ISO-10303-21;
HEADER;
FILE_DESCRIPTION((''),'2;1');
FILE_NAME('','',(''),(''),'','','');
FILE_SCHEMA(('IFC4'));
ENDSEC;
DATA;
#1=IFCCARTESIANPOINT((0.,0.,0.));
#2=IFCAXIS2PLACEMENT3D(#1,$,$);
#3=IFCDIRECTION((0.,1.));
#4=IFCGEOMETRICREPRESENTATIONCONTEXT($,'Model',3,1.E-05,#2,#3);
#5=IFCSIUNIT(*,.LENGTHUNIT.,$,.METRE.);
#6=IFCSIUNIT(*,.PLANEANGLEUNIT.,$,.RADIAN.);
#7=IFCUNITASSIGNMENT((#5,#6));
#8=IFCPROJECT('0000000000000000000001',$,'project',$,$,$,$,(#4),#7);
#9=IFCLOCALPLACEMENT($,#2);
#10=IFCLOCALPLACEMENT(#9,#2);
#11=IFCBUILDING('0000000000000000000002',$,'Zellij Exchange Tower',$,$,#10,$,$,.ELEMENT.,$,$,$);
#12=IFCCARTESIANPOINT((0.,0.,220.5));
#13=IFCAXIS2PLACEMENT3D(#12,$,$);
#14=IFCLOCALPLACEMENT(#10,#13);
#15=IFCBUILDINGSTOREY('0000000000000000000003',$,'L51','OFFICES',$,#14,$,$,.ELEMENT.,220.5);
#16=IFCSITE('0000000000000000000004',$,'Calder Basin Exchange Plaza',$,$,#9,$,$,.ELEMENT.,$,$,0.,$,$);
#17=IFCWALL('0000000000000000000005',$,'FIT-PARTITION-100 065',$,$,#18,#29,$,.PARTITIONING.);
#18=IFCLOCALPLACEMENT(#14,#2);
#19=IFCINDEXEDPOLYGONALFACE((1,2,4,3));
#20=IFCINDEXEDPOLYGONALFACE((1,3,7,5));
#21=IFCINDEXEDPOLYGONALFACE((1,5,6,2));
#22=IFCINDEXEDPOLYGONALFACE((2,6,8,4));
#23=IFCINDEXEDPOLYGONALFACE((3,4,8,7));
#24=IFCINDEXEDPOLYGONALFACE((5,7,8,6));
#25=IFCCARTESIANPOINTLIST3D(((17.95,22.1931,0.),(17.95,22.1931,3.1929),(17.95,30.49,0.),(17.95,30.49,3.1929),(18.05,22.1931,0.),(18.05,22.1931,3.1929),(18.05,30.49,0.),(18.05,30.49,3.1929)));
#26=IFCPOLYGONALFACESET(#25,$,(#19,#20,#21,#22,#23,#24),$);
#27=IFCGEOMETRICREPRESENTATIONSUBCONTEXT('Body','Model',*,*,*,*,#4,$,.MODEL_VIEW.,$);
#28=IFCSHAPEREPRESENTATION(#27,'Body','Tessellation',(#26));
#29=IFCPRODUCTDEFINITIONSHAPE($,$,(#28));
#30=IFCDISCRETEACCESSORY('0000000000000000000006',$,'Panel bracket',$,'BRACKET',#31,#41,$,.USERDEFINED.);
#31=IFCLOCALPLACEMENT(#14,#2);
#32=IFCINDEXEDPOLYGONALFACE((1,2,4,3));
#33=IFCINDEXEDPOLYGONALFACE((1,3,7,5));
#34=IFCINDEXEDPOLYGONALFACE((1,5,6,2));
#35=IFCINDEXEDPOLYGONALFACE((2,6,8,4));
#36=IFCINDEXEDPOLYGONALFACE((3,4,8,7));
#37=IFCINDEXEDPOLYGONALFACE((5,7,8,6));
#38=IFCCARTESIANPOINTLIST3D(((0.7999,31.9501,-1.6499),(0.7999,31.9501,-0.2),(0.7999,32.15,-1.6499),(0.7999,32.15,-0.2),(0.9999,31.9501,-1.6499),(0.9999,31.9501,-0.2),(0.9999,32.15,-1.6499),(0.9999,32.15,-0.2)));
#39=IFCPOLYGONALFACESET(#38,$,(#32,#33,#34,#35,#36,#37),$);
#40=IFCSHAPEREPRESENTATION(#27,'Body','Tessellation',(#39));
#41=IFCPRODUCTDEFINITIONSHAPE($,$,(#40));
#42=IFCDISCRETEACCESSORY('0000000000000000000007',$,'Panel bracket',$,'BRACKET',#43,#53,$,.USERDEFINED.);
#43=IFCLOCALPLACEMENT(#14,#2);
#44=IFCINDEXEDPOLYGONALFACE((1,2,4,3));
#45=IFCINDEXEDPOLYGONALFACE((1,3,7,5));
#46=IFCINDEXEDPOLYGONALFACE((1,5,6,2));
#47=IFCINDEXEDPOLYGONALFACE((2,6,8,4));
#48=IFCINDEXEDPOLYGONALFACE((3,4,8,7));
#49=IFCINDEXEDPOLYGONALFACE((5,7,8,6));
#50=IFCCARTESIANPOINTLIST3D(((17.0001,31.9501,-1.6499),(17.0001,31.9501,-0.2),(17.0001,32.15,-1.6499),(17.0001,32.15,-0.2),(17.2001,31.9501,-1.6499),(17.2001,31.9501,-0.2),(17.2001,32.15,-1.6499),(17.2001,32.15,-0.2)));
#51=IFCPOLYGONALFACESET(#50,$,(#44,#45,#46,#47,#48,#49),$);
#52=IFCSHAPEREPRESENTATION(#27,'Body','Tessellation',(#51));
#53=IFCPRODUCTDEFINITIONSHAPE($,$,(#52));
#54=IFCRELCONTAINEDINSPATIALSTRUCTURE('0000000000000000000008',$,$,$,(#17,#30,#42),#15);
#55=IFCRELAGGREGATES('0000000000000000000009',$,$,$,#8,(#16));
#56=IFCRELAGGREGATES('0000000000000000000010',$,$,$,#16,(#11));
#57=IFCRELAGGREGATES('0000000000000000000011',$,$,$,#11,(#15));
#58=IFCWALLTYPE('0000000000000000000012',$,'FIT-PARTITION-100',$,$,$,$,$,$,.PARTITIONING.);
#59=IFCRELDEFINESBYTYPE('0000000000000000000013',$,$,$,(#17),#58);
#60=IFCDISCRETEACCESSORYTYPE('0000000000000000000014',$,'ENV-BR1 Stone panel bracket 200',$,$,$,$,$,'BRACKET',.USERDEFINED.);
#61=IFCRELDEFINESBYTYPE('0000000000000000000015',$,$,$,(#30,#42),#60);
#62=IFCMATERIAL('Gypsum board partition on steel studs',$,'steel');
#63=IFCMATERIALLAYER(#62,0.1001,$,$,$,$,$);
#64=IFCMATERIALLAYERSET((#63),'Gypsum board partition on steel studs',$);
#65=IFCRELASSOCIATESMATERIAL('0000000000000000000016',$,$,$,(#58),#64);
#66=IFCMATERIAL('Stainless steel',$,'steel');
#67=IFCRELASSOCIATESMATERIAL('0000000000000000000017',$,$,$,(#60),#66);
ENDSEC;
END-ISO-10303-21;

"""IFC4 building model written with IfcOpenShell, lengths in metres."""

from ifc_helpers import new_model, si_unit, direction, frame, frame_2d, origin, origin_2d, place, context, subcontext, project, spatial, rectangle, extrude, material, layer, layer_set, type_object, element, save


model = new_model("IFC4")

# Units and contexts
model_context = context("Model", 3, precision=1e-05, world=origin(), true_north=direction((0.0, 1.0)))
body_context = subcontext(model_context, "Body", "Model", "MODEL_VIEW")
ifc_project = project(units=[si_unit("LENGTHUNIT", "METRE"), si_unit("PLANEANGLEUNIT", "RADIAN")], contexts=[model_context])

# Site, building, storey
site_placement = place(None, origin())
site = spatial("IfcSite", under=ifc_project, at=site_placement, Name="Calder Basin Exchange Plaza", CompositionType="ELEMENT", RefElevation=0.0)
building_placement = place(site_placement, origin())
building = spatial("IfcBuilding", under=site, at=building_placement, Name="Zellij Exchange Tower", CompositionType="ELEMENT")
storey_placement = place(building_placement, frame((0.0, 0.0, 220.5)))
storey = spatial("IfcBuildingStorey", under=building, at=storey_placement, Name="L51", Description="OFFICES", CompositionType="ELEMENT", Elevation=220.5)

# Shared definitions
ifc_material_1 = material(Name="Gypsum board partition on steel studs", Category="steel")
ifc_layer_1 = layer(ifc_material_1, 0.1001)
ifc_layer_set_1 = layer_set([ifc_layer_1], Name="Gypsum board partition on steel studs")
wall_type_1 = type_object("IfcWallType", Name="FIT-PARTITION-100", PredefinedType="PARTITIONING", material=ifc_layer_set_1)

# Wall
wall_1_placement = place(storey_placement, frame((18.0, 22.1931, 0.0), z_axis=(0.0, 0.0, 1.0), x_axis=(0.0, 1.0, 0.0)))
element("IfcWall", 1, at=wall_1_placement, inside=storey, type_object=wall_type_1, Name="FIT-PARTITION-100 065", PredefinedType="PARTITIONING", context=body_context, shape_type="SweptSolid", body=[
    extrude(rectangle(XDim=8.2969, YDim=0.1001, at=frame_2d((4.1484, 0.0))), origin(), (0.0, 0.0, 1.0), 3.1929),
])

# Discrete accessories
ifc_material_2 = material(Name="Stainless steel", Category="steel")
discrete_accessory_type = type_object("IfcDiscreteAccessoryType", Name="ENV-BR1 Stone panel bracket 200", ElementType="BRACKET", PredefinedType="USERDEFINED", material=ifc_material_2)
for number, where, z_axis, x_axis, name in (
    (2, (0.8999, 32.05, -1.6499), (0.0, 0.0, 1.0), (1.0, 0.0, 0.0), "Panel bracket"),
    (3, (17.1001, 32.05, -1.6499), (0.0, 0.0, 1.0), (1.0, 0.0, 0.0), "Panel bracket"),
):
    element("IfcDiscreteAccessory", number, at=place(storey_placement, frame(where, z_axis=z_axis, x_axis=x_axis)), inside=storey, type_object=discrete_accessory_type, Name=name, ObjectType="BRACKET", PredefinedType="USERDEFINED", context=body_context, shape_type="SweptSolid", body=[
        extrude(rectangle(XDim=0.2, YDim=0.2, at=origin_2d()), origin(), (0.0, 0.0, 1.0), 1.45),
    ])

save(model, "model.ifc")
